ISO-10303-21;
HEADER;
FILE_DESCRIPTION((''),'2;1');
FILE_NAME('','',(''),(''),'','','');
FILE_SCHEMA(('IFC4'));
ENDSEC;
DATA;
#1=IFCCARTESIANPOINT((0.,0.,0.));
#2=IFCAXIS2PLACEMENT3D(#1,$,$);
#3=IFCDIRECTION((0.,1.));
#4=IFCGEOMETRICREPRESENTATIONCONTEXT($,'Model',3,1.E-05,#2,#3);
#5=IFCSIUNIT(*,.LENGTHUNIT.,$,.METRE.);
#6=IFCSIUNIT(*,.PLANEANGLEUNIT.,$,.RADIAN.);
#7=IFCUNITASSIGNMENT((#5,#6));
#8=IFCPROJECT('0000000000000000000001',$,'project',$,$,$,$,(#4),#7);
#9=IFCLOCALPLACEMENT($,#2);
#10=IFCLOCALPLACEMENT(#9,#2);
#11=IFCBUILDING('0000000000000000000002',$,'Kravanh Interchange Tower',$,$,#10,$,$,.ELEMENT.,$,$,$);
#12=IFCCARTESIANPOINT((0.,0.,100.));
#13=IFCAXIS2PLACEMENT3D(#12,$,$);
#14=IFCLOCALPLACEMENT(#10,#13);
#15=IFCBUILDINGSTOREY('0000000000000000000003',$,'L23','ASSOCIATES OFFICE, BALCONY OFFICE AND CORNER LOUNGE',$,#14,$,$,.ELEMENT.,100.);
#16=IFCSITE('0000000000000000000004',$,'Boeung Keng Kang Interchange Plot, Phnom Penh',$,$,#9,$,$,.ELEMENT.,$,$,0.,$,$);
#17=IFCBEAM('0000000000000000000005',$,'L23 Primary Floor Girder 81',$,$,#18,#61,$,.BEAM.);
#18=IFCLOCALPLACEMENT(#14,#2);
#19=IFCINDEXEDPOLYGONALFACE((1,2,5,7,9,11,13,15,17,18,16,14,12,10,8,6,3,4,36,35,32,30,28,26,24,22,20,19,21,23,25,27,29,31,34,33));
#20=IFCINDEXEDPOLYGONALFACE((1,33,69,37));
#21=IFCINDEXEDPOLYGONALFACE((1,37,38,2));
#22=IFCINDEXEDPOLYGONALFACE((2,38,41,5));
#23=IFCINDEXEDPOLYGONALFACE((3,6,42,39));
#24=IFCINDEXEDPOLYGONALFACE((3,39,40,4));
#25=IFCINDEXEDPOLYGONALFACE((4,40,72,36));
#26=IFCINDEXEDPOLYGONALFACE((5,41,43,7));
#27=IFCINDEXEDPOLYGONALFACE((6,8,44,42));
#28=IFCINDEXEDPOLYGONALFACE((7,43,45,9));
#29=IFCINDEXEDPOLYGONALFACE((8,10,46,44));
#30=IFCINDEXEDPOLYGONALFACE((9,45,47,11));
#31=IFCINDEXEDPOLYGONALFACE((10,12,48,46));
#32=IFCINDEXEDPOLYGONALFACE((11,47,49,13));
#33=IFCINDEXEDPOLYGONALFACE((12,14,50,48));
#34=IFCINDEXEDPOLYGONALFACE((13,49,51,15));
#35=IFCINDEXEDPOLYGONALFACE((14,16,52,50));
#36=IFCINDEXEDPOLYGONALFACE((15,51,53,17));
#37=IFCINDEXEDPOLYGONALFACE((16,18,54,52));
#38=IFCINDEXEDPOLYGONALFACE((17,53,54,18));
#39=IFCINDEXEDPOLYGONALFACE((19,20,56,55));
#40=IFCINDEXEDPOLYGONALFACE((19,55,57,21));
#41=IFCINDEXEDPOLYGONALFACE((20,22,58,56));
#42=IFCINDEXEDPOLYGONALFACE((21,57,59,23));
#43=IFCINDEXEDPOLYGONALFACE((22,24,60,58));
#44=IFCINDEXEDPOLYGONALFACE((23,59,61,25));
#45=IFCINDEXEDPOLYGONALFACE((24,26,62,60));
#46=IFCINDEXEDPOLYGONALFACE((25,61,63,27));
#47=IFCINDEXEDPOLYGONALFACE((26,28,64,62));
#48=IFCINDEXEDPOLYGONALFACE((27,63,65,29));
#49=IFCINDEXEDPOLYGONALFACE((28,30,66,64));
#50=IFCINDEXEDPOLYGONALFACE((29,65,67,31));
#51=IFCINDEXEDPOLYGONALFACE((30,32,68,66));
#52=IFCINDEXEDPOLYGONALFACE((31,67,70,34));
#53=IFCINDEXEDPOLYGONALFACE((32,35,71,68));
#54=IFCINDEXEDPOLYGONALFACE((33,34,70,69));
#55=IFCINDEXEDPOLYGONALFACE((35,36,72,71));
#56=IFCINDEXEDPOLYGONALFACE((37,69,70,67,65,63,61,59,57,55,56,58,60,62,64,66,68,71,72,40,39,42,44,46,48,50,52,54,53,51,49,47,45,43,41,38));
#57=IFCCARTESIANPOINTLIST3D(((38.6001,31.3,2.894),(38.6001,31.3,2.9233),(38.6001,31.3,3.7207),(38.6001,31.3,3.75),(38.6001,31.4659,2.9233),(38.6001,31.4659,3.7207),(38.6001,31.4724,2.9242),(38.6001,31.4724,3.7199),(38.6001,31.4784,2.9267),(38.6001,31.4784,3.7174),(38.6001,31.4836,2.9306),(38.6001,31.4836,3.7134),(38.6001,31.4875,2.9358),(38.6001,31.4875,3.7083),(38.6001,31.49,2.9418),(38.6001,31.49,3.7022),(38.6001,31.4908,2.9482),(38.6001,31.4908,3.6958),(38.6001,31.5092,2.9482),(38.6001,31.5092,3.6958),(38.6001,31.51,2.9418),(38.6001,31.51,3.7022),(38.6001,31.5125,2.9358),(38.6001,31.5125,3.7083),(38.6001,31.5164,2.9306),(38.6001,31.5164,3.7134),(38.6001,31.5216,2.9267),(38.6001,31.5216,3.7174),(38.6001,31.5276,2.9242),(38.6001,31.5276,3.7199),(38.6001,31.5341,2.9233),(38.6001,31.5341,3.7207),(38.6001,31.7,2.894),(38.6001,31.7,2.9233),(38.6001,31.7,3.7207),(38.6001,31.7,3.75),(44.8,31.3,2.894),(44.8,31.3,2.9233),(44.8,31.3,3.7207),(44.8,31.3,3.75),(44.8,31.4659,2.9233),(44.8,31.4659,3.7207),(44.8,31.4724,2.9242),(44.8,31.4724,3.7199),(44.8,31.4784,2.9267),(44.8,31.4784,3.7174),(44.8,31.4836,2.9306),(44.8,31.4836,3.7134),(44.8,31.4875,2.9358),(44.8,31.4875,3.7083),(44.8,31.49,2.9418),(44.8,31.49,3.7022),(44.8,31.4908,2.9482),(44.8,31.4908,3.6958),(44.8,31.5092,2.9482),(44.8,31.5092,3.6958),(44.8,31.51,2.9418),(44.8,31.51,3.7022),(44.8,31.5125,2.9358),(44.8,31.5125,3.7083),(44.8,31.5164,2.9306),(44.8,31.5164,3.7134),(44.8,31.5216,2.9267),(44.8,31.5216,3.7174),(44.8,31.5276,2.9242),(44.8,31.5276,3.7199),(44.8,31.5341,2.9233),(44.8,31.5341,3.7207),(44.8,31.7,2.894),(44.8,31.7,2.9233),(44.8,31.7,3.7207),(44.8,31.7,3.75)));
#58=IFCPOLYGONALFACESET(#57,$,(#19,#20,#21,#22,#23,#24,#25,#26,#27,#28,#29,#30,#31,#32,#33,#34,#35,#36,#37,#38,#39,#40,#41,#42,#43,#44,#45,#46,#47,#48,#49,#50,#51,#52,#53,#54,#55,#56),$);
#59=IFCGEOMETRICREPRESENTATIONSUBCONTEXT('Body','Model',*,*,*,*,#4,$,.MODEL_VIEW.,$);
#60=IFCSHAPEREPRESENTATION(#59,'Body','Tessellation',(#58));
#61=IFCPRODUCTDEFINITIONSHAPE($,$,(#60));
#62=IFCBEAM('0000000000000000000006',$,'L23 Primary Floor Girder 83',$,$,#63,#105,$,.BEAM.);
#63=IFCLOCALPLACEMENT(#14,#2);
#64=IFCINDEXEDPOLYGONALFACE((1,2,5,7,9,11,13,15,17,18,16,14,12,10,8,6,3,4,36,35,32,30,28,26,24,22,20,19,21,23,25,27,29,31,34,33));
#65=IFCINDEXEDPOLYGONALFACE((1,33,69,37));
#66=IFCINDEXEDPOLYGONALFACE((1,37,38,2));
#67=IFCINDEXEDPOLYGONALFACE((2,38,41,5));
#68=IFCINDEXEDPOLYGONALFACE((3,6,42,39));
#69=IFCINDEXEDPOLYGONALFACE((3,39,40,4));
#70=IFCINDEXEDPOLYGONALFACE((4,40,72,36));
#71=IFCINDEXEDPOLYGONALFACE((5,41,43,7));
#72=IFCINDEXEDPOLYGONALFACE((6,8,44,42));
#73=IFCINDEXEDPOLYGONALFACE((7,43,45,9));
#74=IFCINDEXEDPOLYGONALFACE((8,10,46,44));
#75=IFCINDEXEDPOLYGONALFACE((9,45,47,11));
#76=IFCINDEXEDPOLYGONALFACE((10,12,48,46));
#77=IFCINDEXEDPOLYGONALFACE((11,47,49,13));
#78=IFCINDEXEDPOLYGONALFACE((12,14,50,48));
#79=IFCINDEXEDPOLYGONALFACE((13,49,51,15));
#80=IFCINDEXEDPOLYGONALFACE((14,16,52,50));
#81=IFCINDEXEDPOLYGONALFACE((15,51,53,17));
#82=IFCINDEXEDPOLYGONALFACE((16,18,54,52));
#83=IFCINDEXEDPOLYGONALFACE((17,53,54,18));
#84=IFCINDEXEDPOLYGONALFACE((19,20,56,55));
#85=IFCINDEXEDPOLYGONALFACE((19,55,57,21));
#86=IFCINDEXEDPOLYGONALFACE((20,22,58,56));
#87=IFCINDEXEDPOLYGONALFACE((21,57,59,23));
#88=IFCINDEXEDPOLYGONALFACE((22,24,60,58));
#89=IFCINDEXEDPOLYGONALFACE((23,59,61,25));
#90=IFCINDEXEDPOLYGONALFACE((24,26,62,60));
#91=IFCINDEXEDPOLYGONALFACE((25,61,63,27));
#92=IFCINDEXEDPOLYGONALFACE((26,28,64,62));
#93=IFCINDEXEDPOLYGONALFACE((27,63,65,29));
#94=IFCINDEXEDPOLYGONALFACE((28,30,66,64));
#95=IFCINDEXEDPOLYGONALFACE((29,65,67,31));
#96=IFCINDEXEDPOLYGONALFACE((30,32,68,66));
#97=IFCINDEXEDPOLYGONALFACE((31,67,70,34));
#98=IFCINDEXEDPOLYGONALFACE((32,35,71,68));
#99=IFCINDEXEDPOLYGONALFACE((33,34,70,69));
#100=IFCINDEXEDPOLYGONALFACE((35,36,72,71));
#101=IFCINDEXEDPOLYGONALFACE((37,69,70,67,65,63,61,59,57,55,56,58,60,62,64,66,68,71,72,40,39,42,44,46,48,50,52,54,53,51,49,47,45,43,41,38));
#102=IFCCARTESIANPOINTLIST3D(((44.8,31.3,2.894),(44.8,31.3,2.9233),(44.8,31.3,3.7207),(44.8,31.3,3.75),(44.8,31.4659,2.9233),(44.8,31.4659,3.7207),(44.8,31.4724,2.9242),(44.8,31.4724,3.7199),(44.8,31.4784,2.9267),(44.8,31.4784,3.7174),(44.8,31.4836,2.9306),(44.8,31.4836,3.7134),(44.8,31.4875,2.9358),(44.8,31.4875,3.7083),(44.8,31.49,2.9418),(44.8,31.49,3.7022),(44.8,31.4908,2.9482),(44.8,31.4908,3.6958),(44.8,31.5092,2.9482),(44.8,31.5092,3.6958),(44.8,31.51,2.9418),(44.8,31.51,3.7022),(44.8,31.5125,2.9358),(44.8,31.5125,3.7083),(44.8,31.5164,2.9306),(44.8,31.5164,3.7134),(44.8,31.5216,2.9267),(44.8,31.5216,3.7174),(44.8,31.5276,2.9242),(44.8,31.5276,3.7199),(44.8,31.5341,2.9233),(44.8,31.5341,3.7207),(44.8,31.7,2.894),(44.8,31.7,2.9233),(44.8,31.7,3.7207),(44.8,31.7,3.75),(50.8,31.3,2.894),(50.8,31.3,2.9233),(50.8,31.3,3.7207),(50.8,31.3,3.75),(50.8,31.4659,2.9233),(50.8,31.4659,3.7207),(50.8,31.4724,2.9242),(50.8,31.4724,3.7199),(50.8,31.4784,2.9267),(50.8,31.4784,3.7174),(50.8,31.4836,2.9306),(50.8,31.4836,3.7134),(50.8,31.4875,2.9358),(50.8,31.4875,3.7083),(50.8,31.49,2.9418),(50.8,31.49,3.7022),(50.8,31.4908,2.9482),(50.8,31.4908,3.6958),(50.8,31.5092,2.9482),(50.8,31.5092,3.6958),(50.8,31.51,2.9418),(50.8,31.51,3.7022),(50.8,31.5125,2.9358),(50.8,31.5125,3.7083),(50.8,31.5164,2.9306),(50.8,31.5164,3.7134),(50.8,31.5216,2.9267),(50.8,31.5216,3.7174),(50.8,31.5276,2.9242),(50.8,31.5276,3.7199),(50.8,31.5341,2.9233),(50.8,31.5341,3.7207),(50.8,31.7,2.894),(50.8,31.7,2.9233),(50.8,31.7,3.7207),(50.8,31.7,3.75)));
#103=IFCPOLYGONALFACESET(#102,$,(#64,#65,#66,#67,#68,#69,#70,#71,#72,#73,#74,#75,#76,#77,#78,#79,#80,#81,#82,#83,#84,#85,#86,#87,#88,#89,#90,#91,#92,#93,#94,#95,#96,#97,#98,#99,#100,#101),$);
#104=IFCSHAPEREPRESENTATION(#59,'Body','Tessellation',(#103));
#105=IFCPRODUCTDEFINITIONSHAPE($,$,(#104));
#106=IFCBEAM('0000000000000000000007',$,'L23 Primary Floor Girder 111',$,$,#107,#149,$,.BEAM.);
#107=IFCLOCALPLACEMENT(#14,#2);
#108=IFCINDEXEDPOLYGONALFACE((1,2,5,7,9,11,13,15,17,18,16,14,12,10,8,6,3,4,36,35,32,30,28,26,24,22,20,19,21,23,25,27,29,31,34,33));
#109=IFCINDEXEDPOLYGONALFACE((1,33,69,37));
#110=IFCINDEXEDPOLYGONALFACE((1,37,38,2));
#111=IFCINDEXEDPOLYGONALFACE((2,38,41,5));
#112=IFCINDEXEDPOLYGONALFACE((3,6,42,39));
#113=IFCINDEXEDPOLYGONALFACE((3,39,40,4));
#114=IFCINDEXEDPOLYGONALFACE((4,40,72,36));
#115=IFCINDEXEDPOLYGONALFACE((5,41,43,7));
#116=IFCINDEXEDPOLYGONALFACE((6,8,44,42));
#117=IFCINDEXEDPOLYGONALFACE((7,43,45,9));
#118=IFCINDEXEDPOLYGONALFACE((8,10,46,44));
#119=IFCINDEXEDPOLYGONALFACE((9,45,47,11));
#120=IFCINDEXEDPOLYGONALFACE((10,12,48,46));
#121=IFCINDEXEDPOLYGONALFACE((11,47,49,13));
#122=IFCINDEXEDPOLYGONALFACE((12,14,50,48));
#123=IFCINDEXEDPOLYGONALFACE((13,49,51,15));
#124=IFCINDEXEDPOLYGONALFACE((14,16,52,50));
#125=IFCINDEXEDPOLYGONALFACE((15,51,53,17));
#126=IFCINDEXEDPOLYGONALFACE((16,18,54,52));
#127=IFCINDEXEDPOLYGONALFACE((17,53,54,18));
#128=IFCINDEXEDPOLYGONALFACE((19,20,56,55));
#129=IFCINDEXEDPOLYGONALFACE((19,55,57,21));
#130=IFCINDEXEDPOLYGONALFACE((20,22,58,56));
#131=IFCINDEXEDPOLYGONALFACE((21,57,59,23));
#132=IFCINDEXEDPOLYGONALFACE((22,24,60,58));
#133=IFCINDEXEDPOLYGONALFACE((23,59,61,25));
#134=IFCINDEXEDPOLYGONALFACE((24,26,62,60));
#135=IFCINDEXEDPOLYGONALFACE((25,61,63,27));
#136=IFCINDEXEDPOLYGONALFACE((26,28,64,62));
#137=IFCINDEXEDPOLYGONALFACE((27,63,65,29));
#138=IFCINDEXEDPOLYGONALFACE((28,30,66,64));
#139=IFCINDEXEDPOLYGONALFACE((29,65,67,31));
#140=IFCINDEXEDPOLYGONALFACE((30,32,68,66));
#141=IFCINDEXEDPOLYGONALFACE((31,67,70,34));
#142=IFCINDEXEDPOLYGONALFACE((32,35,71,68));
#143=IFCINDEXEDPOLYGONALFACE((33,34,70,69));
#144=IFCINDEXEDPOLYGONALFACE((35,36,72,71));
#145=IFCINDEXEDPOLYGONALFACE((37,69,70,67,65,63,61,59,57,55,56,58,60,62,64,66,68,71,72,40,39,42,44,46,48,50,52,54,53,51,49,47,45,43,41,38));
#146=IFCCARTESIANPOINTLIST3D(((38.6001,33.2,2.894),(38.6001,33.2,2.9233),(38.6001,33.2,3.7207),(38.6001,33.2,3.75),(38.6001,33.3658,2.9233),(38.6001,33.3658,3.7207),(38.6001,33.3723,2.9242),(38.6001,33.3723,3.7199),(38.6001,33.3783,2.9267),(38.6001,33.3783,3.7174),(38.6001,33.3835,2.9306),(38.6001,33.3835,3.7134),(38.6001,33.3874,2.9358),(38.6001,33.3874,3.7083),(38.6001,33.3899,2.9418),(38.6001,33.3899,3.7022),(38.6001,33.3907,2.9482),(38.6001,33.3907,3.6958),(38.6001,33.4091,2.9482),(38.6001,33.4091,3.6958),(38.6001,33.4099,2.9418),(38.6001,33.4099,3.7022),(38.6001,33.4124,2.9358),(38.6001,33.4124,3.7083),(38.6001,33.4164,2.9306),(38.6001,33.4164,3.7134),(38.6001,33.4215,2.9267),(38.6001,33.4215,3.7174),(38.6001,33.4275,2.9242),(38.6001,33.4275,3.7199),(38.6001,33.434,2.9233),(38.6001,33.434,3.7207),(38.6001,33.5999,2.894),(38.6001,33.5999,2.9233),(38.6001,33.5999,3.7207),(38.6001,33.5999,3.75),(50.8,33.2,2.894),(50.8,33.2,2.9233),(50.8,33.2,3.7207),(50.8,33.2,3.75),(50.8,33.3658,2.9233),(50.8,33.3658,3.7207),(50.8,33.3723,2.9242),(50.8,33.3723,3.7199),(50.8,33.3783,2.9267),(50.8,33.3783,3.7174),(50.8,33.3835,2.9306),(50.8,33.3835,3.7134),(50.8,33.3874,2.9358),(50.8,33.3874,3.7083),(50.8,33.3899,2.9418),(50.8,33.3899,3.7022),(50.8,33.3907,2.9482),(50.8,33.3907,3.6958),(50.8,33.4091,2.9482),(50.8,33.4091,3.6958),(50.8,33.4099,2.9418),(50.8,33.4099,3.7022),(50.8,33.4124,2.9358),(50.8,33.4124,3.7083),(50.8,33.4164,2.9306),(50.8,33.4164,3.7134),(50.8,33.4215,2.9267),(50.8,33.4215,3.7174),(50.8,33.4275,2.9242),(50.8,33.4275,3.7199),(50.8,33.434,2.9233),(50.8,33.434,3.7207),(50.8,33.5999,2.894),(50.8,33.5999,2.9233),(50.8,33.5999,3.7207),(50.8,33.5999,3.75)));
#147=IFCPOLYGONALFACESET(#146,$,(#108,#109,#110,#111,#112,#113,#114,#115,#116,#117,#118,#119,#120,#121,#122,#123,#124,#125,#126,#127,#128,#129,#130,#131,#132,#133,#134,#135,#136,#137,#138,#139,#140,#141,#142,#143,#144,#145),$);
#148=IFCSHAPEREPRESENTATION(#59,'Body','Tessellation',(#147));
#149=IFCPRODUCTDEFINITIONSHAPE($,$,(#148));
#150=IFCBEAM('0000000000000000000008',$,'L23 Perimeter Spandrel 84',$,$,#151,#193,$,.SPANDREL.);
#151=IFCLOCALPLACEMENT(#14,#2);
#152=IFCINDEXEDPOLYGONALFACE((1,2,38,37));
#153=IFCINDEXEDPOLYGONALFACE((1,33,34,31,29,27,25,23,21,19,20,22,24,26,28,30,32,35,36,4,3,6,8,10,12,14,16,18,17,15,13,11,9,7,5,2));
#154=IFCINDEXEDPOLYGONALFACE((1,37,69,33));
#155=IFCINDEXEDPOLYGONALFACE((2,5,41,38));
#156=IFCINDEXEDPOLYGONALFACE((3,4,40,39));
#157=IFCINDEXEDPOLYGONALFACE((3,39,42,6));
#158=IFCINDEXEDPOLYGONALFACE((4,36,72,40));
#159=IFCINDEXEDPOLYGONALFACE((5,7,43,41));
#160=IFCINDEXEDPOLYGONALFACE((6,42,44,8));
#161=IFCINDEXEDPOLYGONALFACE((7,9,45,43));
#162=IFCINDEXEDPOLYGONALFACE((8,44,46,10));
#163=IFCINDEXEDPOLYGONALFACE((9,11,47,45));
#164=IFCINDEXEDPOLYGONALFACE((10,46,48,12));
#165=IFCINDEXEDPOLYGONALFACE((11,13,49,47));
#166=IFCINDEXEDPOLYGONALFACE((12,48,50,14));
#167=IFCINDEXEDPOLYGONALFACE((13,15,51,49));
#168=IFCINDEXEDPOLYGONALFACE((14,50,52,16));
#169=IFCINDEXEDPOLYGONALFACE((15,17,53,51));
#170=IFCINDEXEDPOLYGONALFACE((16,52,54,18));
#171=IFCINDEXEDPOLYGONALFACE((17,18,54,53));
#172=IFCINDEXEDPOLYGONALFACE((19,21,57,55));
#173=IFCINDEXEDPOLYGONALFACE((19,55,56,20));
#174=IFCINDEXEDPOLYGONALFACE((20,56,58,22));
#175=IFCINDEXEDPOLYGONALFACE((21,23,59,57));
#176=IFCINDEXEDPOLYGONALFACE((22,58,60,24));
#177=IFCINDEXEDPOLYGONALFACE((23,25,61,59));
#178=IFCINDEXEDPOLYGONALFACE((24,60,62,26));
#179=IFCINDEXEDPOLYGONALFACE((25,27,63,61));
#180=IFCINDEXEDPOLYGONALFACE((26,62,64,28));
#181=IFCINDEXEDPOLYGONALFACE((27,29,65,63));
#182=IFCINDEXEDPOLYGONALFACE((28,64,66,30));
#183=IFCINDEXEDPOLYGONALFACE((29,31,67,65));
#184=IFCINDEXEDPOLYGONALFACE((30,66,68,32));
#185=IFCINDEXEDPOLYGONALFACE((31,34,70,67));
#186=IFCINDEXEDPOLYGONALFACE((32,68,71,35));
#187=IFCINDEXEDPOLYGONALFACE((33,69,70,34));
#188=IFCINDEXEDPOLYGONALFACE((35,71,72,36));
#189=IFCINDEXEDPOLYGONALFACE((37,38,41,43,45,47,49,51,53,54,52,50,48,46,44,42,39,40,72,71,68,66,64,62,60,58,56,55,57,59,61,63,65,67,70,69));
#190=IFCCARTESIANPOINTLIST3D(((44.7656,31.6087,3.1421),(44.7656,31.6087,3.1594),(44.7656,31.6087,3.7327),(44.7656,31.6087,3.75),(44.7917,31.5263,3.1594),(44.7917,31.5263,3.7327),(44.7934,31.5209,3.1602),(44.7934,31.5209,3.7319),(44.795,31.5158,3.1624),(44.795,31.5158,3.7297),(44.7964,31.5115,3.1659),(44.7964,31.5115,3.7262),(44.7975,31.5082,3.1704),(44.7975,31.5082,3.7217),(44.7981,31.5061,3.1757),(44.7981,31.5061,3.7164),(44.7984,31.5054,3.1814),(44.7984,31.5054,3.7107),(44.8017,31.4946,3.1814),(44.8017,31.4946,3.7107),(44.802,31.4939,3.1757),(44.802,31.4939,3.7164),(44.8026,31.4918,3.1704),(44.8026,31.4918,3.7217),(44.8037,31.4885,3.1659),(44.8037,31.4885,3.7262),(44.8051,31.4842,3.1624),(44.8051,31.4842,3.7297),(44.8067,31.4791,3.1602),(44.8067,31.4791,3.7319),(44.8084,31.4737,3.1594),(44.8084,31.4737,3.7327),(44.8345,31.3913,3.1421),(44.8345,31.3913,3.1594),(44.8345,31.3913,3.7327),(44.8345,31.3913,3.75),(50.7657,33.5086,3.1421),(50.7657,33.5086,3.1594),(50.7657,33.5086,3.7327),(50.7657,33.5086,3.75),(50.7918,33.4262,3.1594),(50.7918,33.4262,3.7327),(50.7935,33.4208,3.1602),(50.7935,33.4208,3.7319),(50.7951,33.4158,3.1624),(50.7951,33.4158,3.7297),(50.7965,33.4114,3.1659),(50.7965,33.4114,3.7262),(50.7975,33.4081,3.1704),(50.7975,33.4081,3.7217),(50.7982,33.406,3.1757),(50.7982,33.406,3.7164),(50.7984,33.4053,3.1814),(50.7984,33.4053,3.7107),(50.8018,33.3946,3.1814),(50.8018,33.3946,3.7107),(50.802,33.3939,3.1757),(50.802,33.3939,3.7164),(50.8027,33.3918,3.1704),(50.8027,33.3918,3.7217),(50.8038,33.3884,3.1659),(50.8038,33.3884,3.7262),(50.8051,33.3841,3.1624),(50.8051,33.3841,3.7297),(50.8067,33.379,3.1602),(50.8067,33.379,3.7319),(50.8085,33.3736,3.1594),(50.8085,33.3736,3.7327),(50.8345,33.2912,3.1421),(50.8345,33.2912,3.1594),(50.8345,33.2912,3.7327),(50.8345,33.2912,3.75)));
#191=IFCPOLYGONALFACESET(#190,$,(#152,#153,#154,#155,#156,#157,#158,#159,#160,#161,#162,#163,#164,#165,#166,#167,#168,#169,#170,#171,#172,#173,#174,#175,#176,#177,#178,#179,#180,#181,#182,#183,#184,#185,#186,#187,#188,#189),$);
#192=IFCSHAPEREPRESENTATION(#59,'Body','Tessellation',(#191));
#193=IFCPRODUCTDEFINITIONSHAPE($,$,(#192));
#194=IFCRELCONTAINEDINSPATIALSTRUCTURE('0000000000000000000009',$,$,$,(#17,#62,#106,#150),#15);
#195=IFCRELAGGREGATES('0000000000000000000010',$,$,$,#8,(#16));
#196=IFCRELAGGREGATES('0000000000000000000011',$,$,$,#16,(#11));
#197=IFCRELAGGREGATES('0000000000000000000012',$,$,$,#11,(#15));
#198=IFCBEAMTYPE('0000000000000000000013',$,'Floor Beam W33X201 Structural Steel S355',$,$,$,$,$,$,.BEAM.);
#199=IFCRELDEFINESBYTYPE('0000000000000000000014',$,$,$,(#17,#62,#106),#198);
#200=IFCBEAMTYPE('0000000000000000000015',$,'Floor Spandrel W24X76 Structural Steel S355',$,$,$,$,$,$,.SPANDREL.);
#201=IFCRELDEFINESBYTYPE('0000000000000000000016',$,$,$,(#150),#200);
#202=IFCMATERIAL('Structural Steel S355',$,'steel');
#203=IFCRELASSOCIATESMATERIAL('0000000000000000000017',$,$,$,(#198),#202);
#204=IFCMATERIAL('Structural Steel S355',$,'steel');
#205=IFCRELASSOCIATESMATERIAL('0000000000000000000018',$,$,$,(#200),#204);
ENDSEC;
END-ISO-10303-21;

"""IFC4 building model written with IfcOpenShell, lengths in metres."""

from ifc_helpers import new_model, si_unit, direction, frame, origin, origin_2d, place, context, subcontext, project, spatial, i_section, extrude, material, material_profile, profile_set, type_object, element, save


model = new_model("IFC4")

# Units and contexts
model_context = context("Model", 3, precision=1e-05, world=origin(), true_north=direction((0.0, 1.0)))
body_context = subcontext(model_context, "Body", "Model", "MODEL_VIEW")
ifc_project = project(units=[si_unit("LENGTHUNIT", "METRE"), si_unit("PLANEANGLEUNIT", "RADIAN")], contexts=[model_context])

# Site, building, storey
site_placement = place(None, origin())
site = spatial("IfcSite", under=ifc_project, at=site_placement, Name="Boeung Keng Kang Interchange Plot, Phnom Penh", CompositionType="ELEMENT", RefElevation=0.0)
building_placement = place(site_placement, origin())
building = spatial("IfcBuilding", under=site, at=building_placement, Name="Kravanh Interchange Tower", CompositionType="ELEMENT")
storey_placement = place(building_placement, frame((0.0, 0.0, 100.0)))
storey = spatial("IfcBuildingStorey", under=building, at=storey_placement, Name="L23", Description="ASSOCIATES OFFICE, BALCONY OFFICE AND CORNER LOUNGE", CompositionType="ELEMENT", Elevation=100.0)

# Beams
ifc_material_1 = material(Name="Structural Steel S355", Category="steel")
ifc_material_profile_1 = material_profile(ifc_material_1, i_section(OverallWidth=0.3999, OverallDepth=0.856, WebThickness=0.0183, FlangeThickness=0.0293, FilletRadius=0.0249, at=origin_2d()), Name="W33X201")
ifc_profile_set_1 = profile_set([ifc_material_profile_1], Name="Structural Steel S355")
beam_type_1 = type_object("IfcBeamType", Name="Floor Beam W33X201 Structural Steel S355", PredefinedType="BEAM", material=ifc_profile_set_1)
beam_1_placement = place(storey_placement, frame((38.6001, 31.5, 3.322), z_axis=(1.0, 0.0, 0.0), x_axis=(0.0, 1.0, 0.0)))
element("IfcBeam", 1, at=beam_1_placement, inside=storey, type_object=beam_type_1, Name="L23 Primary Floor Girder 81", PredefinedType="BEAM", context=body_context, shape_type="SweptSolid", body=[
    extrude(i_section(OverallWidth=0.3999, OverallDepth=0.856, WebThickness=0.0183, FlangeThickness=0.0293, FilletRadius=0.0249, at=origin_2d()), origin(), (0.0, 0.0, 1.0), 6.2),
])
beam_2_placement = place(storey_placement, frame((44.8, 31.5, 3.322), z_axis=(1.0, 0.0, 0.0), x_axis=(0.0, 1.0, 0.0)))
element("IfcBeam", 2, at=beam_2_placement, inside=storey, type_object=beam_type_1, Name="L23 Primary Floor Girder 83", PredefinedType="BEAM", context=body_context, shape_type="SweptSolid", body=[
    extrude(i_section(OverallWidth=0.3999, OverallDepth=0.856, WebThickness=0.0183, FlangeThickness=0.0293, FilletRadius=0.0249, at=origin_2d()), origin(), (0.0, 0.0, 1.0), 6.0),
])
beam_3_placement = place(storey_placement, frame((38.6001, 33.3999, 3.322), z_axis=(1.0, 0.0, 0.0), x_axis=(0.0, 1.0, 0.0)))
element("IfcBeam", 3, at=beam_3_placement, inside=storey, type_object=beam_type_1, Name="L23 Primary Floor Girder 111", PredefinedType="BEAM", context=body_context, shape_type="SweptSolid", body=[
    extrude(i_section(OverallWidth=0.3999, OverallDepth=0.856, WebThickness=0.0183, FlangeThickness=0.0293, FilletRadius=0.0249, at=origin_2d()), origin(), (0.0, 0.0, 1.0), 12.2),
])
ifc_material_2 = material(Name="Structural Steel S355", Category="steel")
ifc_material_profile_2 = material_profile(ifc_material_2, i_section(OverallWidth=0.228, OverallDepth=0.6079, WebThickness=0.0112, FlangeThickness=0.0173, FilletRadius=0.022, at=origin_2d()), Name="W24X76")
ifc_profile_set_2 = profile_set([ifc_material_profile_2], Name="Structural Steel S355")
beam_type_2 = type_object("IfcBeamType", Name="Floor Spandrel W24X76 Structural Steel S355", PredefinedType="SPANDREL", material=ifc_profile_set_2)
beam_4_placement = place(storey_placement, frame((44.8, 31.5, 3.446), z_axis=(0.953347, 0.301878, 0.0), x_axis=(-0.301878, 0.953347, 0.0)))
element("IfcBeam", 4, at=beam_4_placement, inside=storey, type_object=beam_type_2, Name="L23 Perimeter Spandrel 84", PredefinedType="SPANDREL", context=body_context, shape_type="SweptSolid", body=[
    extrude(i_section(OverallWidth=0.228, OverallDepth=0.6079, WebThickness=0.0112, FlangeThickness=0.0173, FilletRadius=0.022, at=origin_2d()), origin(), (0.0, 0.0, 1.0), 6.2937),
])

save(model, "model.ifc")
